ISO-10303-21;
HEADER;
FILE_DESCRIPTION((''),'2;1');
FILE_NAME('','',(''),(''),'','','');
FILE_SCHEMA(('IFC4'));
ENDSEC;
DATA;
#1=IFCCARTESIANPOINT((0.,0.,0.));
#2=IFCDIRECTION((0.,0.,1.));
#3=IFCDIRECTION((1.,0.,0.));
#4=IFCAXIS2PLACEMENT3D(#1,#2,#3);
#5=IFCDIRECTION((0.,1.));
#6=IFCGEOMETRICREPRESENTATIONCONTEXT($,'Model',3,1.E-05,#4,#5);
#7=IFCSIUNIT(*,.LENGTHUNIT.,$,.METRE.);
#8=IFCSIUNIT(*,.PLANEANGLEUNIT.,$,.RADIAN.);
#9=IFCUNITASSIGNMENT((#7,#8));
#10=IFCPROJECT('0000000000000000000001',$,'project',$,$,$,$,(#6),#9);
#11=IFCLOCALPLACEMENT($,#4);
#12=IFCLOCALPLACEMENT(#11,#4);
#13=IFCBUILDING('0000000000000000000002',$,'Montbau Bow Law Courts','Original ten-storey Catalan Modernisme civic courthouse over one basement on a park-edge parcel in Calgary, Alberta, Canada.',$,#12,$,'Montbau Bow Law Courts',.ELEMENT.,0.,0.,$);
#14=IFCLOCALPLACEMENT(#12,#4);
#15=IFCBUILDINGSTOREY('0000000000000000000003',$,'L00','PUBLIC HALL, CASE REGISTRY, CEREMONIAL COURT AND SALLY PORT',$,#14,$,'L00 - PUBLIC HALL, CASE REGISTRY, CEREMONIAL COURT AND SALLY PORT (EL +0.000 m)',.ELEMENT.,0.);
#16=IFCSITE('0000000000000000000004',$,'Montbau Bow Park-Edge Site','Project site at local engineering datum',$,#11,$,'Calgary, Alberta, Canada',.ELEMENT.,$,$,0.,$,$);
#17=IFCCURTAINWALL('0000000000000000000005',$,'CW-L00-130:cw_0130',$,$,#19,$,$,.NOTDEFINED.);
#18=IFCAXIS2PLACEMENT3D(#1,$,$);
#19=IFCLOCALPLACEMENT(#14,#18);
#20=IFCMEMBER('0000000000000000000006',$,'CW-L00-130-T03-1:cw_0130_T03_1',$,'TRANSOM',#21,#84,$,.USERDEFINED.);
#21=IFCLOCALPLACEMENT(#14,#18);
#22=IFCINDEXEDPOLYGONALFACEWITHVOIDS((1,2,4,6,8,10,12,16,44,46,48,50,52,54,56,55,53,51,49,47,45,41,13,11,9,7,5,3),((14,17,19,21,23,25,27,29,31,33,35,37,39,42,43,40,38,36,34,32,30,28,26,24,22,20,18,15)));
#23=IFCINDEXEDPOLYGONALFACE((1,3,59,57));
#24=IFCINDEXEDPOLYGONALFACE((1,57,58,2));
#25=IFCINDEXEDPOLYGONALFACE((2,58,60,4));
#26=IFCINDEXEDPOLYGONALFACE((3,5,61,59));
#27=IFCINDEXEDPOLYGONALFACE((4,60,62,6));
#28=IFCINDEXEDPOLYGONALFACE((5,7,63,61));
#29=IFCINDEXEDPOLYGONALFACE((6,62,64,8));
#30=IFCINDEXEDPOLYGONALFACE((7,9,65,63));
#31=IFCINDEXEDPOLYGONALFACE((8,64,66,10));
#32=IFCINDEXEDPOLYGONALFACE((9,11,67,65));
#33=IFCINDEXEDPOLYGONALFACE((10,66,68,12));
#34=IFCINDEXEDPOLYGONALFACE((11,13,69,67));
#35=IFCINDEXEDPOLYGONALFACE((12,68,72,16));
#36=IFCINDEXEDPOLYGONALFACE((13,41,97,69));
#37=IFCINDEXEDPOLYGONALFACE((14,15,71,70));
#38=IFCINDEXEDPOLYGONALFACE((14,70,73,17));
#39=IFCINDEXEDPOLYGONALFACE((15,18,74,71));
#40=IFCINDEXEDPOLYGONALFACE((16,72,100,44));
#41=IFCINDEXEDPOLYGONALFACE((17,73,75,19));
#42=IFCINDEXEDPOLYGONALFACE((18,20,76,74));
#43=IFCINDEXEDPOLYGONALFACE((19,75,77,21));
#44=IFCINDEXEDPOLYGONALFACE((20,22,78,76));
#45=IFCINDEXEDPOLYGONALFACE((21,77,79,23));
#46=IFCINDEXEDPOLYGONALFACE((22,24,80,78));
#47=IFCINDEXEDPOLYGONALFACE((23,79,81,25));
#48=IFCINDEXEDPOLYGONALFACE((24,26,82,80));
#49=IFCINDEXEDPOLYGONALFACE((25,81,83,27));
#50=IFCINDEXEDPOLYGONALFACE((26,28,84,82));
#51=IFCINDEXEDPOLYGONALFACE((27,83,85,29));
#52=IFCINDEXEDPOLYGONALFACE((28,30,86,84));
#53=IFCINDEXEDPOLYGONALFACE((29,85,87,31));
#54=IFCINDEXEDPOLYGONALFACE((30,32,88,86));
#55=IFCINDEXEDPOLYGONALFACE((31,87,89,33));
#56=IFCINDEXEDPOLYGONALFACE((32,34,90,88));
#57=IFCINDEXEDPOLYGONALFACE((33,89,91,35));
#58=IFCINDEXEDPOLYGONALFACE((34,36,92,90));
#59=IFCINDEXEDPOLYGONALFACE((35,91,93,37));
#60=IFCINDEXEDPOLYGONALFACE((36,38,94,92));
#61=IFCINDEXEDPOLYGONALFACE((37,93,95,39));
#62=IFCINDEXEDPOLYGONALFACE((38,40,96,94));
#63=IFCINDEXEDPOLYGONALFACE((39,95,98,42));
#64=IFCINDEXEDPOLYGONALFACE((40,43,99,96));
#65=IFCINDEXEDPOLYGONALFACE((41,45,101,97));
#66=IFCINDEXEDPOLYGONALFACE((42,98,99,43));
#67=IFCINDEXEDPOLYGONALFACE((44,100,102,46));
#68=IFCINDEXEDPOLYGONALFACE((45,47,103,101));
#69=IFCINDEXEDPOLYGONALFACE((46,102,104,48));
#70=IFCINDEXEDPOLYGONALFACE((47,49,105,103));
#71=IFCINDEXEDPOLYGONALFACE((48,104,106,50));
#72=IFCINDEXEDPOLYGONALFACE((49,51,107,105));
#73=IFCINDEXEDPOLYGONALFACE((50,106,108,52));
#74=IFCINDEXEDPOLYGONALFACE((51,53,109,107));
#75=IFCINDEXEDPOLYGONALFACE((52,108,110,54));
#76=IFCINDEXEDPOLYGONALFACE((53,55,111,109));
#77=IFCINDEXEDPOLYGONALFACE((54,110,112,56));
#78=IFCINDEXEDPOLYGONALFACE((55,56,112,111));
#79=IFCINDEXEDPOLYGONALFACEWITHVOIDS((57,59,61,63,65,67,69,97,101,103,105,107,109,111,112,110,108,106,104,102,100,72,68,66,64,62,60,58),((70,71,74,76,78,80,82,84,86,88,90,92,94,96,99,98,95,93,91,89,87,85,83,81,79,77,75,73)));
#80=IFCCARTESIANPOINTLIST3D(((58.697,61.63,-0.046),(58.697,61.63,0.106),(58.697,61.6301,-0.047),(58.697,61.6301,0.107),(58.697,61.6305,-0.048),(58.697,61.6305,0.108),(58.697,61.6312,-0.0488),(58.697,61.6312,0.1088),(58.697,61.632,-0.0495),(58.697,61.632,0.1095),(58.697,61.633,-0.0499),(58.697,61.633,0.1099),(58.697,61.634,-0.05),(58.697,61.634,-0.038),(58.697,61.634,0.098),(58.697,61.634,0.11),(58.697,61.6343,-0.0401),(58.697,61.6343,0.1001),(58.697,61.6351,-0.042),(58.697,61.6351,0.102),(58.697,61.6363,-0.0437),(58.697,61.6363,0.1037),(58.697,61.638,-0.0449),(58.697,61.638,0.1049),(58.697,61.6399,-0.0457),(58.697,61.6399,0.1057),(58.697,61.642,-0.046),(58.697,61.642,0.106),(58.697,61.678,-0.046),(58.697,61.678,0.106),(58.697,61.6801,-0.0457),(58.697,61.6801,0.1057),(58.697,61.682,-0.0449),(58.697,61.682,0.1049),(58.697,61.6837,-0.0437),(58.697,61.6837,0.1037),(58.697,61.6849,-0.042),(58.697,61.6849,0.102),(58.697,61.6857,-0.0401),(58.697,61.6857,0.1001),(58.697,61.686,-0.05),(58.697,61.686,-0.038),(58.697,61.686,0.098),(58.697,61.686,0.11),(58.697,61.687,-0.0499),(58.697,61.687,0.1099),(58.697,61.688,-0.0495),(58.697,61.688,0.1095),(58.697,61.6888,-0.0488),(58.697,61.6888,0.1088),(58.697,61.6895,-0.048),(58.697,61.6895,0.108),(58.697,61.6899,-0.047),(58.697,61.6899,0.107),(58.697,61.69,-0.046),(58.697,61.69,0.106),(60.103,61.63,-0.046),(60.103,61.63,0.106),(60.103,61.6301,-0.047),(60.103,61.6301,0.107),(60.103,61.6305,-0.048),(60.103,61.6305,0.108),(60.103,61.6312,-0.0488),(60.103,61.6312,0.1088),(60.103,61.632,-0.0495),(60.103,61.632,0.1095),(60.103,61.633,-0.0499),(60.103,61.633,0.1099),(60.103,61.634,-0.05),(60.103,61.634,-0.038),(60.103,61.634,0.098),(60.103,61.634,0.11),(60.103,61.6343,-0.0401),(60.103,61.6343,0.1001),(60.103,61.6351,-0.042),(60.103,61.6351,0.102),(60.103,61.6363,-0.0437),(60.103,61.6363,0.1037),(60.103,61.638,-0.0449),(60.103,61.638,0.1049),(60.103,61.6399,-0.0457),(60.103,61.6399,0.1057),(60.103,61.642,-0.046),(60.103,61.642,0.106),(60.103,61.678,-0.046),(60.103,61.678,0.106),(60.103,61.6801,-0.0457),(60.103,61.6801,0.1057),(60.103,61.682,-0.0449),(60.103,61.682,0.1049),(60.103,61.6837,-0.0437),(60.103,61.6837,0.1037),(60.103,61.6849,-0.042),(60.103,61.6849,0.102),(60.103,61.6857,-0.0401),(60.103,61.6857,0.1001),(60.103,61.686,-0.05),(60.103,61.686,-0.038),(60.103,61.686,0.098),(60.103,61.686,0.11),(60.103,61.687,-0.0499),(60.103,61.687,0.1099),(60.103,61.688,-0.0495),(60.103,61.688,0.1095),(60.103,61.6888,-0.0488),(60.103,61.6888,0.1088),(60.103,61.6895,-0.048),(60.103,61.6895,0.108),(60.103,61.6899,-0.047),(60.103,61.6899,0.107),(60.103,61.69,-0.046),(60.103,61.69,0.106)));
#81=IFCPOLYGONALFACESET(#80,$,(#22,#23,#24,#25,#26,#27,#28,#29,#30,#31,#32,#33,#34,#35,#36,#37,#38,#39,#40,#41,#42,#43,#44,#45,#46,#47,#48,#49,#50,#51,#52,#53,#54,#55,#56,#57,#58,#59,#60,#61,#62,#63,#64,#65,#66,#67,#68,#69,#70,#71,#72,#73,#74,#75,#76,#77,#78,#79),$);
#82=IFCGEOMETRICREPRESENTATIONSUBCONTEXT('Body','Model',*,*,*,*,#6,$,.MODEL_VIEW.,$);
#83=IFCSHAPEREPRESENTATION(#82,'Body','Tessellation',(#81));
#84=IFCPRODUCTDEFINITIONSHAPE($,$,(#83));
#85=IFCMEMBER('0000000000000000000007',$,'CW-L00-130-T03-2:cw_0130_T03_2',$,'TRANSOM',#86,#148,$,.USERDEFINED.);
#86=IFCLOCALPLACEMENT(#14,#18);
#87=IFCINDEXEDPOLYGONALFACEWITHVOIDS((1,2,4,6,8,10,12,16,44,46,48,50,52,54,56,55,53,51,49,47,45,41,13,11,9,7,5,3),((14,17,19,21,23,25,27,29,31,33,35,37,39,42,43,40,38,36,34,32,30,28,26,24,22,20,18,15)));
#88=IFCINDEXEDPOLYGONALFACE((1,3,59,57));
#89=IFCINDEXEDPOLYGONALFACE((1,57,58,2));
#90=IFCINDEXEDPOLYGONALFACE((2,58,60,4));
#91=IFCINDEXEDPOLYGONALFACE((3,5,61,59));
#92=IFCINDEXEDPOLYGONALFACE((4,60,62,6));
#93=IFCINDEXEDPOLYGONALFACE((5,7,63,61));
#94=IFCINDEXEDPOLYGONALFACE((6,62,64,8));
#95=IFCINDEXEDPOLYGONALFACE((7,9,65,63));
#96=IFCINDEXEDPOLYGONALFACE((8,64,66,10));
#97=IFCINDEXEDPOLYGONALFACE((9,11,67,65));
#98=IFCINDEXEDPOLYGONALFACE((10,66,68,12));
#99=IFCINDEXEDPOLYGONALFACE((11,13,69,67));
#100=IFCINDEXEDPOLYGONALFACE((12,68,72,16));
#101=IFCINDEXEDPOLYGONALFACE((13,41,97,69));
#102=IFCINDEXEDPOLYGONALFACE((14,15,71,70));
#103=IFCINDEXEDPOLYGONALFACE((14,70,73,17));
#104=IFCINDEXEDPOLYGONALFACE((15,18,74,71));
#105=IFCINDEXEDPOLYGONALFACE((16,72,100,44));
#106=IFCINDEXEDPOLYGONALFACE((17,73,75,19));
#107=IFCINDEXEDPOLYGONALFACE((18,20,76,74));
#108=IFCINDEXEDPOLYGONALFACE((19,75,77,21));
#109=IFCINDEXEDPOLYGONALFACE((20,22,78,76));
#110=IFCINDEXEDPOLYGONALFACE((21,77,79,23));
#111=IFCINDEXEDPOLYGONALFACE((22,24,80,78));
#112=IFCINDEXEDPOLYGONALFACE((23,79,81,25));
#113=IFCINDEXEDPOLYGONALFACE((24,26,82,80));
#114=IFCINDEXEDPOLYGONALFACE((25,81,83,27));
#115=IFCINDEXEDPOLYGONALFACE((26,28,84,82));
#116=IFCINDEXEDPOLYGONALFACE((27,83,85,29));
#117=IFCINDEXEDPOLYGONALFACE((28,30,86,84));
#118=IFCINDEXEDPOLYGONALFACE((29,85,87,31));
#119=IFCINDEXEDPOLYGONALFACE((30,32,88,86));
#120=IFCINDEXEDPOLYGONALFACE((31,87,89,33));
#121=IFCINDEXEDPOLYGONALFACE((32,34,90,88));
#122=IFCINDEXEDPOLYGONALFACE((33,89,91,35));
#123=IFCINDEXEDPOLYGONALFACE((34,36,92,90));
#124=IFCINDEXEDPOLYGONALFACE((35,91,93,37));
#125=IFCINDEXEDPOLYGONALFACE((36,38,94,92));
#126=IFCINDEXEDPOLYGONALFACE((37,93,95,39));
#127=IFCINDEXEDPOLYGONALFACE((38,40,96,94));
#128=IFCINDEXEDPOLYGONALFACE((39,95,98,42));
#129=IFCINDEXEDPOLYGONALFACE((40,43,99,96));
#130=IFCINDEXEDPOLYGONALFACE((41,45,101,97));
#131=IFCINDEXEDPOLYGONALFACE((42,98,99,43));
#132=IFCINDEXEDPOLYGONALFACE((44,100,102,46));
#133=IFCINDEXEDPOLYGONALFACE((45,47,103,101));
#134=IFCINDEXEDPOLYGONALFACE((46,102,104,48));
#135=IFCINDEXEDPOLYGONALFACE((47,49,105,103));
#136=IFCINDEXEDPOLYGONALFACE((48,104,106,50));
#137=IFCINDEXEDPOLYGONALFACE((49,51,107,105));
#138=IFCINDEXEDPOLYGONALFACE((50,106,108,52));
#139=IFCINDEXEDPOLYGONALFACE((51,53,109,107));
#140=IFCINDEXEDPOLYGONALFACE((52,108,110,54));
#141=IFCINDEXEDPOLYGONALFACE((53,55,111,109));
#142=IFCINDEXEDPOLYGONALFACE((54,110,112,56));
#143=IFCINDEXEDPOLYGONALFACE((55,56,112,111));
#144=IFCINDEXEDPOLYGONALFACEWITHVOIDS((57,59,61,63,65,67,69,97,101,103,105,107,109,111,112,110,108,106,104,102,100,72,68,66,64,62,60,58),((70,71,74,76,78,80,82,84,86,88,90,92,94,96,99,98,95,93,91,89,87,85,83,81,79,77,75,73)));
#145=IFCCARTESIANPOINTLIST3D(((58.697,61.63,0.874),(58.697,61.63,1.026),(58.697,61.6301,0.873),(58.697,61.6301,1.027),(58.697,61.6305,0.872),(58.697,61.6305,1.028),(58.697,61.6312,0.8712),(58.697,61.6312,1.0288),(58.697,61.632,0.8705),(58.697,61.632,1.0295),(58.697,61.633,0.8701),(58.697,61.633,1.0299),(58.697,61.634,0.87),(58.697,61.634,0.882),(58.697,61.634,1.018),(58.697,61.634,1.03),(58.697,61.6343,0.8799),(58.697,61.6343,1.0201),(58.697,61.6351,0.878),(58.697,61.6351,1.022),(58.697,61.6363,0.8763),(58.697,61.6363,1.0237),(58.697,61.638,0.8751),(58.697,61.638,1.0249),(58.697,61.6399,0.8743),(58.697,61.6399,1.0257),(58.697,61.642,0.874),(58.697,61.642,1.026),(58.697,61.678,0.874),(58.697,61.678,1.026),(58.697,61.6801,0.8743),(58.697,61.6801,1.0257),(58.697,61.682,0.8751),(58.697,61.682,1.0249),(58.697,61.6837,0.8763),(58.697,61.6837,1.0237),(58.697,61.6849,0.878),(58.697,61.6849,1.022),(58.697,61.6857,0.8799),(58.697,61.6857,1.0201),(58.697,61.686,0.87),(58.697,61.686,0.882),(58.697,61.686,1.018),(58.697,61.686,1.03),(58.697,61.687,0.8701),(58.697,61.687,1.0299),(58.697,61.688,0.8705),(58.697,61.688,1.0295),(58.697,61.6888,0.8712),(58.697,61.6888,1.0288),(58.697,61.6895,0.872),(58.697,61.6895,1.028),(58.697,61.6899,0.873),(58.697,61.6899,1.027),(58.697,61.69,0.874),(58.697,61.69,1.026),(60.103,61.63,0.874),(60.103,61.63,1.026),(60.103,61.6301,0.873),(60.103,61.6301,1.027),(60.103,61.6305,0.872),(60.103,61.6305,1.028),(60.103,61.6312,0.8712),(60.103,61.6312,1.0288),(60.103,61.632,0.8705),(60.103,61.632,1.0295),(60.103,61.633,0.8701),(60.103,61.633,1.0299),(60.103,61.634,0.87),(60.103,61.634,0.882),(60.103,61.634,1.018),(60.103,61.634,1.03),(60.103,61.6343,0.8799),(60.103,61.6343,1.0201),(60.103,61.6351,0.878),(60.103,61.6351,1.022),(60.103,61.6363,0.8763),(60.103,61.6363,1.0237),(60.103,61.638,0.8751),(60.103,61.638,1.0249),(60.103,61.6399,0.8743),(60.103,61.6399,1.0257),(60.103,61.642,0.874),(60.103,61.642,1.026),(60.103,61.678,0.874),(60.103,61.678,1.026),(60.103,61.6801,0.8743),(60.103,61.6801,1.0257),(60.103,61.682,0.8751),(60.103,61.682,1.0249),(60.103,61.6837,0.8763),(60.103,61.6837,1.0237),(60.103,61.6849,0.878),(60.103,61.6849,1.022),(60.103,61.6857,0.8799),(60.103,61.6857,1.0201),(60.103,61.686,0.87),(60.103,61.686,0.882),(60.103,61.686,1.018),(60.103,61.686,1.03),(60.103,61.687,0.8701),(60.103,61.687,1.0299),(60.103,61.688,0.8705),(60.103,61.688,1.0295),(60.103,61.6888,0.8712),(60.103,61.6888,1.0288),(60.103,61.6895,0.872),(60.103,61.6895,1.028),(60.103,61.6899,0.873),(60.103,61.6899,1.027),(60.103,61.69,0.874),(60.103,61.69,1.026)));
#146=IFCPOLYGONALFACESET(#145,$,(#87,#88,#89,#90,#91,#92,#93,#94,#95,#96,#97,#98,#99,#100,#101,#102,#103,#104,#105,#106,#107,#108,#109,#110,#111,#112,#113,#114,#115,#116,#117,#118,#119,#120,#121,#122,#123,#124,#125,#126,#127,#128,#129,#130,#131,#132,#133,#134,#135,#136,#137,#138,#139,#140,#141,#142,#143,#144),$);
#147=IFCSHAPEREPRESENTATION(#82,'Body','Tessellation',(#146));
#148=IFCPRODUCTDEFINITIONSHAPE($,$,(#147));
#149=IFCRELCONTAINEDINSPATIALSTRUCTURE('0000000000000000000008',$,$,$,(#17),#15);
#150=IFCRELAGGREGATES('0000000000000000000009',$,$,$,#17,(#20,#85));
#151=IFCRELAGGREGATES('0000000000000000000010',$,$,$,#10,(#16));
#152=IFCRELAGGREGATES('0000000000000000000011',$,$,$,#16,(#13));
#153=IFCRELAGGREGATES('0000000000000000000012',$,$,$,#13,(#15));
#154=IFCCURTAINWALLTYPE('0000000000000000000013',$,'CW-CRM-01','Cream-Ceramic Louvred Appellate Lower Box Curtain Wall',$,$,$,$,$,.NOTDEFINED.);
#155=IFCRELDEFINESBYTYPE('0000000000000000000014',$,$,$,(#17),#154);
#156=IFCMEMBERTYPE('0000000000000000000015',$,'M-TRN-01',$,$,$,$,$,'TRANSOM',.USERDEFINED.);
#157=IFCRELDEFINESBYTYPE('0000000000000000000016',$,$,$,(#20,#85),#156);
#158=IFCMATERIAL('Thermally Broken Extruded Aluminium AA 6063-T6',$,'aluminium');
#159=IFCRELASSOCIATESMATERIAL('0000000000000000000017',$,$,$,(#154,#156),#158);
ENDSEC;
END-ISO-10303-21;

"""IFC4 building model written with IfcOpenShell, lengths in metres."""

from ifc_helpers import new_model, si_unit, direction, frame, origin_with_axes, origin_2d_with_axis, place, context, subcontext, project, spatial, hollow_rectangle, extrude, material, material_profile, profile_set, type_object, element, aggregate, save


model = new_model("IFC4")

# Units and contexts
model_context = context("Model", 3, precision=1e-05, world=origin_with_axes(), true_north=direction((0.0, 1.0)))
body_context = subcontext(model_context, "Body", "Model", "MODEL_VIEW")
ifc_project = project(units=[si_unit("LENGTHUNIT", "METRE"), si_unit("PLANEANGLEUNIT", "RADIAN")], contexts=[model_context])

# Site, building, storey
site_placement = place(None, origin_with_axes())
site = spatial("IfcSite", under=ifc_project, at=site_placement, Name="Montbau Bow Park-Edge Site", Description="Project site at local engineering datum", LongName="Calgary, Alberta, Canada", CompositionType="ELEMENT", RefElevation=0.0)
building_placement = place(site_placement, origin_with_axes())
building = spatial("IfcBuilding", under=site, at=building_placement, Name="Montbau Bow Law Courts", Description="Original ten-storey Catalan Modernisme civic courthouse over one basement on a park-edge parcel in Calgary, Alberta, Canada.", LongName="Montbau Bow Law Courts", CompositionType="ELEMENT", ElevationOfRefHeight=0.0, ElevationOfTerrain=0.0)
storey_placement = place(building_placement, origin_with_axes())
storey = spatial("IfcBuildingStorey", under=building, at=storey_placement, Name="L00", Description="PUBLIC HALL, CASE REGISTRY, CEREMONIAL COURT AND SALLY PORT", LongName="L00 - PUBLIC HALL, CASE REGISTRY, CEREMONIAL COURT AND SALLY PORT (EL +0.000 m)", CompositionType="ELEMENT", Elevation=0.0)

# Curtain wall, members
ifc_material_1 = material(Name="Thermally Broken Extruded Aluminium AA 6063-T6", Category="aluminium")
curtain_wall_type = type_object("IfcCurtainWallType", Name="CW-CRM-01", Description="Cream-Ceramic Louvred Appellate Lower Box Curtain Wall", PredefinedType="NOTDEFINED", material=ifc_material_1)
curtain_wall_placement = place(None, frame((55.715, 61.66, 0.0), z_axis=(0.0, 0.0, 1.0), x_axis=(1.0, 0.0, 0.0)))
curtain_wall = element("IfcCurtainWall", 1, at=curtain_wall_placement, inside=storey, type_object=curtain_wall_type, Name="CW-L00-130:cw_0130", PredefinedType="NOTDEFINED")
ifc_material_profile_1 = material_profile(ifc_material_1, hollow_rectangle(XDim=0.06, YDim=0.16, WallThickness=0.004, InnerFilletRadius=0.008, OuterFilletRadius=0.004, at=origin_2d_with_axis()), Name="CWT-160X60", Category="Main", Priority=0)
ifc_profile_set_1 = profile_set([ifc_material_profile_1], Name="Thermally Broken Extruded Aluminium AA 6063-T6")
member_type_1 = type_object("IfcMemberType", Name="M-TRN-01", ElementType="TRANSOM", PredefinedType="USERDEFINED", material=ifc_profile_set_1)
member_1_placement = place(None, frame((58.697, 61.66, 0.03), z_axis=(1.0, 0.0, 0.0), x_axis=(0.0, 1.0, 0.0)))
member_1 = element("IfcMember", 2, at=member_1_placement, type_object=member_type_1, Name="CW-L00-130-T03-1:cw_0130_T03_1", ObjectType="TRANSOM", PredefinedType="USERDEFINED", context=body_context, shape_type="SweptSolid", body=[
    extrude(hollow_rectangle(XDim=0.06, YDim=0.16, WallThickness=0.004, InnerFilletRadius=0.008, OuterFilletRadius=0.004, at=origin_2d_with_axis()), origin_with_axes(), (0.0, 0.0, 1.0), 1.406),
])
member_2_placement = place(None, frame((58.697, 61.66, 0.95), z_axis=(1.0, 0.0, 0.0), x_axis=(0.0, 1.0, 0.0)))
member_2 = element("IfcMember", 3, at=member_2_placement, type_object=member_type_1, Name="CW-L00-130-T03-2:cw_0130_T03_2", ObjectType="TRANSOM", PredefinedType="USERDEFINED", context=body_context, shape_type="SweptSolid", body=[
    extrude(hollow_rectangle(XDim=0.06, YDim=0.16, WallThickness=0.004, InnerFilletRadius=0.008, OuterFilletRadius=0.004, at=origin_2d_with_axis()), origin_with_axes(), (0.0, 0.0, 1.0), 1.406),
])
aggregate(curtain_wall, [member_1, member_2])

save(model, "model.ifc")
